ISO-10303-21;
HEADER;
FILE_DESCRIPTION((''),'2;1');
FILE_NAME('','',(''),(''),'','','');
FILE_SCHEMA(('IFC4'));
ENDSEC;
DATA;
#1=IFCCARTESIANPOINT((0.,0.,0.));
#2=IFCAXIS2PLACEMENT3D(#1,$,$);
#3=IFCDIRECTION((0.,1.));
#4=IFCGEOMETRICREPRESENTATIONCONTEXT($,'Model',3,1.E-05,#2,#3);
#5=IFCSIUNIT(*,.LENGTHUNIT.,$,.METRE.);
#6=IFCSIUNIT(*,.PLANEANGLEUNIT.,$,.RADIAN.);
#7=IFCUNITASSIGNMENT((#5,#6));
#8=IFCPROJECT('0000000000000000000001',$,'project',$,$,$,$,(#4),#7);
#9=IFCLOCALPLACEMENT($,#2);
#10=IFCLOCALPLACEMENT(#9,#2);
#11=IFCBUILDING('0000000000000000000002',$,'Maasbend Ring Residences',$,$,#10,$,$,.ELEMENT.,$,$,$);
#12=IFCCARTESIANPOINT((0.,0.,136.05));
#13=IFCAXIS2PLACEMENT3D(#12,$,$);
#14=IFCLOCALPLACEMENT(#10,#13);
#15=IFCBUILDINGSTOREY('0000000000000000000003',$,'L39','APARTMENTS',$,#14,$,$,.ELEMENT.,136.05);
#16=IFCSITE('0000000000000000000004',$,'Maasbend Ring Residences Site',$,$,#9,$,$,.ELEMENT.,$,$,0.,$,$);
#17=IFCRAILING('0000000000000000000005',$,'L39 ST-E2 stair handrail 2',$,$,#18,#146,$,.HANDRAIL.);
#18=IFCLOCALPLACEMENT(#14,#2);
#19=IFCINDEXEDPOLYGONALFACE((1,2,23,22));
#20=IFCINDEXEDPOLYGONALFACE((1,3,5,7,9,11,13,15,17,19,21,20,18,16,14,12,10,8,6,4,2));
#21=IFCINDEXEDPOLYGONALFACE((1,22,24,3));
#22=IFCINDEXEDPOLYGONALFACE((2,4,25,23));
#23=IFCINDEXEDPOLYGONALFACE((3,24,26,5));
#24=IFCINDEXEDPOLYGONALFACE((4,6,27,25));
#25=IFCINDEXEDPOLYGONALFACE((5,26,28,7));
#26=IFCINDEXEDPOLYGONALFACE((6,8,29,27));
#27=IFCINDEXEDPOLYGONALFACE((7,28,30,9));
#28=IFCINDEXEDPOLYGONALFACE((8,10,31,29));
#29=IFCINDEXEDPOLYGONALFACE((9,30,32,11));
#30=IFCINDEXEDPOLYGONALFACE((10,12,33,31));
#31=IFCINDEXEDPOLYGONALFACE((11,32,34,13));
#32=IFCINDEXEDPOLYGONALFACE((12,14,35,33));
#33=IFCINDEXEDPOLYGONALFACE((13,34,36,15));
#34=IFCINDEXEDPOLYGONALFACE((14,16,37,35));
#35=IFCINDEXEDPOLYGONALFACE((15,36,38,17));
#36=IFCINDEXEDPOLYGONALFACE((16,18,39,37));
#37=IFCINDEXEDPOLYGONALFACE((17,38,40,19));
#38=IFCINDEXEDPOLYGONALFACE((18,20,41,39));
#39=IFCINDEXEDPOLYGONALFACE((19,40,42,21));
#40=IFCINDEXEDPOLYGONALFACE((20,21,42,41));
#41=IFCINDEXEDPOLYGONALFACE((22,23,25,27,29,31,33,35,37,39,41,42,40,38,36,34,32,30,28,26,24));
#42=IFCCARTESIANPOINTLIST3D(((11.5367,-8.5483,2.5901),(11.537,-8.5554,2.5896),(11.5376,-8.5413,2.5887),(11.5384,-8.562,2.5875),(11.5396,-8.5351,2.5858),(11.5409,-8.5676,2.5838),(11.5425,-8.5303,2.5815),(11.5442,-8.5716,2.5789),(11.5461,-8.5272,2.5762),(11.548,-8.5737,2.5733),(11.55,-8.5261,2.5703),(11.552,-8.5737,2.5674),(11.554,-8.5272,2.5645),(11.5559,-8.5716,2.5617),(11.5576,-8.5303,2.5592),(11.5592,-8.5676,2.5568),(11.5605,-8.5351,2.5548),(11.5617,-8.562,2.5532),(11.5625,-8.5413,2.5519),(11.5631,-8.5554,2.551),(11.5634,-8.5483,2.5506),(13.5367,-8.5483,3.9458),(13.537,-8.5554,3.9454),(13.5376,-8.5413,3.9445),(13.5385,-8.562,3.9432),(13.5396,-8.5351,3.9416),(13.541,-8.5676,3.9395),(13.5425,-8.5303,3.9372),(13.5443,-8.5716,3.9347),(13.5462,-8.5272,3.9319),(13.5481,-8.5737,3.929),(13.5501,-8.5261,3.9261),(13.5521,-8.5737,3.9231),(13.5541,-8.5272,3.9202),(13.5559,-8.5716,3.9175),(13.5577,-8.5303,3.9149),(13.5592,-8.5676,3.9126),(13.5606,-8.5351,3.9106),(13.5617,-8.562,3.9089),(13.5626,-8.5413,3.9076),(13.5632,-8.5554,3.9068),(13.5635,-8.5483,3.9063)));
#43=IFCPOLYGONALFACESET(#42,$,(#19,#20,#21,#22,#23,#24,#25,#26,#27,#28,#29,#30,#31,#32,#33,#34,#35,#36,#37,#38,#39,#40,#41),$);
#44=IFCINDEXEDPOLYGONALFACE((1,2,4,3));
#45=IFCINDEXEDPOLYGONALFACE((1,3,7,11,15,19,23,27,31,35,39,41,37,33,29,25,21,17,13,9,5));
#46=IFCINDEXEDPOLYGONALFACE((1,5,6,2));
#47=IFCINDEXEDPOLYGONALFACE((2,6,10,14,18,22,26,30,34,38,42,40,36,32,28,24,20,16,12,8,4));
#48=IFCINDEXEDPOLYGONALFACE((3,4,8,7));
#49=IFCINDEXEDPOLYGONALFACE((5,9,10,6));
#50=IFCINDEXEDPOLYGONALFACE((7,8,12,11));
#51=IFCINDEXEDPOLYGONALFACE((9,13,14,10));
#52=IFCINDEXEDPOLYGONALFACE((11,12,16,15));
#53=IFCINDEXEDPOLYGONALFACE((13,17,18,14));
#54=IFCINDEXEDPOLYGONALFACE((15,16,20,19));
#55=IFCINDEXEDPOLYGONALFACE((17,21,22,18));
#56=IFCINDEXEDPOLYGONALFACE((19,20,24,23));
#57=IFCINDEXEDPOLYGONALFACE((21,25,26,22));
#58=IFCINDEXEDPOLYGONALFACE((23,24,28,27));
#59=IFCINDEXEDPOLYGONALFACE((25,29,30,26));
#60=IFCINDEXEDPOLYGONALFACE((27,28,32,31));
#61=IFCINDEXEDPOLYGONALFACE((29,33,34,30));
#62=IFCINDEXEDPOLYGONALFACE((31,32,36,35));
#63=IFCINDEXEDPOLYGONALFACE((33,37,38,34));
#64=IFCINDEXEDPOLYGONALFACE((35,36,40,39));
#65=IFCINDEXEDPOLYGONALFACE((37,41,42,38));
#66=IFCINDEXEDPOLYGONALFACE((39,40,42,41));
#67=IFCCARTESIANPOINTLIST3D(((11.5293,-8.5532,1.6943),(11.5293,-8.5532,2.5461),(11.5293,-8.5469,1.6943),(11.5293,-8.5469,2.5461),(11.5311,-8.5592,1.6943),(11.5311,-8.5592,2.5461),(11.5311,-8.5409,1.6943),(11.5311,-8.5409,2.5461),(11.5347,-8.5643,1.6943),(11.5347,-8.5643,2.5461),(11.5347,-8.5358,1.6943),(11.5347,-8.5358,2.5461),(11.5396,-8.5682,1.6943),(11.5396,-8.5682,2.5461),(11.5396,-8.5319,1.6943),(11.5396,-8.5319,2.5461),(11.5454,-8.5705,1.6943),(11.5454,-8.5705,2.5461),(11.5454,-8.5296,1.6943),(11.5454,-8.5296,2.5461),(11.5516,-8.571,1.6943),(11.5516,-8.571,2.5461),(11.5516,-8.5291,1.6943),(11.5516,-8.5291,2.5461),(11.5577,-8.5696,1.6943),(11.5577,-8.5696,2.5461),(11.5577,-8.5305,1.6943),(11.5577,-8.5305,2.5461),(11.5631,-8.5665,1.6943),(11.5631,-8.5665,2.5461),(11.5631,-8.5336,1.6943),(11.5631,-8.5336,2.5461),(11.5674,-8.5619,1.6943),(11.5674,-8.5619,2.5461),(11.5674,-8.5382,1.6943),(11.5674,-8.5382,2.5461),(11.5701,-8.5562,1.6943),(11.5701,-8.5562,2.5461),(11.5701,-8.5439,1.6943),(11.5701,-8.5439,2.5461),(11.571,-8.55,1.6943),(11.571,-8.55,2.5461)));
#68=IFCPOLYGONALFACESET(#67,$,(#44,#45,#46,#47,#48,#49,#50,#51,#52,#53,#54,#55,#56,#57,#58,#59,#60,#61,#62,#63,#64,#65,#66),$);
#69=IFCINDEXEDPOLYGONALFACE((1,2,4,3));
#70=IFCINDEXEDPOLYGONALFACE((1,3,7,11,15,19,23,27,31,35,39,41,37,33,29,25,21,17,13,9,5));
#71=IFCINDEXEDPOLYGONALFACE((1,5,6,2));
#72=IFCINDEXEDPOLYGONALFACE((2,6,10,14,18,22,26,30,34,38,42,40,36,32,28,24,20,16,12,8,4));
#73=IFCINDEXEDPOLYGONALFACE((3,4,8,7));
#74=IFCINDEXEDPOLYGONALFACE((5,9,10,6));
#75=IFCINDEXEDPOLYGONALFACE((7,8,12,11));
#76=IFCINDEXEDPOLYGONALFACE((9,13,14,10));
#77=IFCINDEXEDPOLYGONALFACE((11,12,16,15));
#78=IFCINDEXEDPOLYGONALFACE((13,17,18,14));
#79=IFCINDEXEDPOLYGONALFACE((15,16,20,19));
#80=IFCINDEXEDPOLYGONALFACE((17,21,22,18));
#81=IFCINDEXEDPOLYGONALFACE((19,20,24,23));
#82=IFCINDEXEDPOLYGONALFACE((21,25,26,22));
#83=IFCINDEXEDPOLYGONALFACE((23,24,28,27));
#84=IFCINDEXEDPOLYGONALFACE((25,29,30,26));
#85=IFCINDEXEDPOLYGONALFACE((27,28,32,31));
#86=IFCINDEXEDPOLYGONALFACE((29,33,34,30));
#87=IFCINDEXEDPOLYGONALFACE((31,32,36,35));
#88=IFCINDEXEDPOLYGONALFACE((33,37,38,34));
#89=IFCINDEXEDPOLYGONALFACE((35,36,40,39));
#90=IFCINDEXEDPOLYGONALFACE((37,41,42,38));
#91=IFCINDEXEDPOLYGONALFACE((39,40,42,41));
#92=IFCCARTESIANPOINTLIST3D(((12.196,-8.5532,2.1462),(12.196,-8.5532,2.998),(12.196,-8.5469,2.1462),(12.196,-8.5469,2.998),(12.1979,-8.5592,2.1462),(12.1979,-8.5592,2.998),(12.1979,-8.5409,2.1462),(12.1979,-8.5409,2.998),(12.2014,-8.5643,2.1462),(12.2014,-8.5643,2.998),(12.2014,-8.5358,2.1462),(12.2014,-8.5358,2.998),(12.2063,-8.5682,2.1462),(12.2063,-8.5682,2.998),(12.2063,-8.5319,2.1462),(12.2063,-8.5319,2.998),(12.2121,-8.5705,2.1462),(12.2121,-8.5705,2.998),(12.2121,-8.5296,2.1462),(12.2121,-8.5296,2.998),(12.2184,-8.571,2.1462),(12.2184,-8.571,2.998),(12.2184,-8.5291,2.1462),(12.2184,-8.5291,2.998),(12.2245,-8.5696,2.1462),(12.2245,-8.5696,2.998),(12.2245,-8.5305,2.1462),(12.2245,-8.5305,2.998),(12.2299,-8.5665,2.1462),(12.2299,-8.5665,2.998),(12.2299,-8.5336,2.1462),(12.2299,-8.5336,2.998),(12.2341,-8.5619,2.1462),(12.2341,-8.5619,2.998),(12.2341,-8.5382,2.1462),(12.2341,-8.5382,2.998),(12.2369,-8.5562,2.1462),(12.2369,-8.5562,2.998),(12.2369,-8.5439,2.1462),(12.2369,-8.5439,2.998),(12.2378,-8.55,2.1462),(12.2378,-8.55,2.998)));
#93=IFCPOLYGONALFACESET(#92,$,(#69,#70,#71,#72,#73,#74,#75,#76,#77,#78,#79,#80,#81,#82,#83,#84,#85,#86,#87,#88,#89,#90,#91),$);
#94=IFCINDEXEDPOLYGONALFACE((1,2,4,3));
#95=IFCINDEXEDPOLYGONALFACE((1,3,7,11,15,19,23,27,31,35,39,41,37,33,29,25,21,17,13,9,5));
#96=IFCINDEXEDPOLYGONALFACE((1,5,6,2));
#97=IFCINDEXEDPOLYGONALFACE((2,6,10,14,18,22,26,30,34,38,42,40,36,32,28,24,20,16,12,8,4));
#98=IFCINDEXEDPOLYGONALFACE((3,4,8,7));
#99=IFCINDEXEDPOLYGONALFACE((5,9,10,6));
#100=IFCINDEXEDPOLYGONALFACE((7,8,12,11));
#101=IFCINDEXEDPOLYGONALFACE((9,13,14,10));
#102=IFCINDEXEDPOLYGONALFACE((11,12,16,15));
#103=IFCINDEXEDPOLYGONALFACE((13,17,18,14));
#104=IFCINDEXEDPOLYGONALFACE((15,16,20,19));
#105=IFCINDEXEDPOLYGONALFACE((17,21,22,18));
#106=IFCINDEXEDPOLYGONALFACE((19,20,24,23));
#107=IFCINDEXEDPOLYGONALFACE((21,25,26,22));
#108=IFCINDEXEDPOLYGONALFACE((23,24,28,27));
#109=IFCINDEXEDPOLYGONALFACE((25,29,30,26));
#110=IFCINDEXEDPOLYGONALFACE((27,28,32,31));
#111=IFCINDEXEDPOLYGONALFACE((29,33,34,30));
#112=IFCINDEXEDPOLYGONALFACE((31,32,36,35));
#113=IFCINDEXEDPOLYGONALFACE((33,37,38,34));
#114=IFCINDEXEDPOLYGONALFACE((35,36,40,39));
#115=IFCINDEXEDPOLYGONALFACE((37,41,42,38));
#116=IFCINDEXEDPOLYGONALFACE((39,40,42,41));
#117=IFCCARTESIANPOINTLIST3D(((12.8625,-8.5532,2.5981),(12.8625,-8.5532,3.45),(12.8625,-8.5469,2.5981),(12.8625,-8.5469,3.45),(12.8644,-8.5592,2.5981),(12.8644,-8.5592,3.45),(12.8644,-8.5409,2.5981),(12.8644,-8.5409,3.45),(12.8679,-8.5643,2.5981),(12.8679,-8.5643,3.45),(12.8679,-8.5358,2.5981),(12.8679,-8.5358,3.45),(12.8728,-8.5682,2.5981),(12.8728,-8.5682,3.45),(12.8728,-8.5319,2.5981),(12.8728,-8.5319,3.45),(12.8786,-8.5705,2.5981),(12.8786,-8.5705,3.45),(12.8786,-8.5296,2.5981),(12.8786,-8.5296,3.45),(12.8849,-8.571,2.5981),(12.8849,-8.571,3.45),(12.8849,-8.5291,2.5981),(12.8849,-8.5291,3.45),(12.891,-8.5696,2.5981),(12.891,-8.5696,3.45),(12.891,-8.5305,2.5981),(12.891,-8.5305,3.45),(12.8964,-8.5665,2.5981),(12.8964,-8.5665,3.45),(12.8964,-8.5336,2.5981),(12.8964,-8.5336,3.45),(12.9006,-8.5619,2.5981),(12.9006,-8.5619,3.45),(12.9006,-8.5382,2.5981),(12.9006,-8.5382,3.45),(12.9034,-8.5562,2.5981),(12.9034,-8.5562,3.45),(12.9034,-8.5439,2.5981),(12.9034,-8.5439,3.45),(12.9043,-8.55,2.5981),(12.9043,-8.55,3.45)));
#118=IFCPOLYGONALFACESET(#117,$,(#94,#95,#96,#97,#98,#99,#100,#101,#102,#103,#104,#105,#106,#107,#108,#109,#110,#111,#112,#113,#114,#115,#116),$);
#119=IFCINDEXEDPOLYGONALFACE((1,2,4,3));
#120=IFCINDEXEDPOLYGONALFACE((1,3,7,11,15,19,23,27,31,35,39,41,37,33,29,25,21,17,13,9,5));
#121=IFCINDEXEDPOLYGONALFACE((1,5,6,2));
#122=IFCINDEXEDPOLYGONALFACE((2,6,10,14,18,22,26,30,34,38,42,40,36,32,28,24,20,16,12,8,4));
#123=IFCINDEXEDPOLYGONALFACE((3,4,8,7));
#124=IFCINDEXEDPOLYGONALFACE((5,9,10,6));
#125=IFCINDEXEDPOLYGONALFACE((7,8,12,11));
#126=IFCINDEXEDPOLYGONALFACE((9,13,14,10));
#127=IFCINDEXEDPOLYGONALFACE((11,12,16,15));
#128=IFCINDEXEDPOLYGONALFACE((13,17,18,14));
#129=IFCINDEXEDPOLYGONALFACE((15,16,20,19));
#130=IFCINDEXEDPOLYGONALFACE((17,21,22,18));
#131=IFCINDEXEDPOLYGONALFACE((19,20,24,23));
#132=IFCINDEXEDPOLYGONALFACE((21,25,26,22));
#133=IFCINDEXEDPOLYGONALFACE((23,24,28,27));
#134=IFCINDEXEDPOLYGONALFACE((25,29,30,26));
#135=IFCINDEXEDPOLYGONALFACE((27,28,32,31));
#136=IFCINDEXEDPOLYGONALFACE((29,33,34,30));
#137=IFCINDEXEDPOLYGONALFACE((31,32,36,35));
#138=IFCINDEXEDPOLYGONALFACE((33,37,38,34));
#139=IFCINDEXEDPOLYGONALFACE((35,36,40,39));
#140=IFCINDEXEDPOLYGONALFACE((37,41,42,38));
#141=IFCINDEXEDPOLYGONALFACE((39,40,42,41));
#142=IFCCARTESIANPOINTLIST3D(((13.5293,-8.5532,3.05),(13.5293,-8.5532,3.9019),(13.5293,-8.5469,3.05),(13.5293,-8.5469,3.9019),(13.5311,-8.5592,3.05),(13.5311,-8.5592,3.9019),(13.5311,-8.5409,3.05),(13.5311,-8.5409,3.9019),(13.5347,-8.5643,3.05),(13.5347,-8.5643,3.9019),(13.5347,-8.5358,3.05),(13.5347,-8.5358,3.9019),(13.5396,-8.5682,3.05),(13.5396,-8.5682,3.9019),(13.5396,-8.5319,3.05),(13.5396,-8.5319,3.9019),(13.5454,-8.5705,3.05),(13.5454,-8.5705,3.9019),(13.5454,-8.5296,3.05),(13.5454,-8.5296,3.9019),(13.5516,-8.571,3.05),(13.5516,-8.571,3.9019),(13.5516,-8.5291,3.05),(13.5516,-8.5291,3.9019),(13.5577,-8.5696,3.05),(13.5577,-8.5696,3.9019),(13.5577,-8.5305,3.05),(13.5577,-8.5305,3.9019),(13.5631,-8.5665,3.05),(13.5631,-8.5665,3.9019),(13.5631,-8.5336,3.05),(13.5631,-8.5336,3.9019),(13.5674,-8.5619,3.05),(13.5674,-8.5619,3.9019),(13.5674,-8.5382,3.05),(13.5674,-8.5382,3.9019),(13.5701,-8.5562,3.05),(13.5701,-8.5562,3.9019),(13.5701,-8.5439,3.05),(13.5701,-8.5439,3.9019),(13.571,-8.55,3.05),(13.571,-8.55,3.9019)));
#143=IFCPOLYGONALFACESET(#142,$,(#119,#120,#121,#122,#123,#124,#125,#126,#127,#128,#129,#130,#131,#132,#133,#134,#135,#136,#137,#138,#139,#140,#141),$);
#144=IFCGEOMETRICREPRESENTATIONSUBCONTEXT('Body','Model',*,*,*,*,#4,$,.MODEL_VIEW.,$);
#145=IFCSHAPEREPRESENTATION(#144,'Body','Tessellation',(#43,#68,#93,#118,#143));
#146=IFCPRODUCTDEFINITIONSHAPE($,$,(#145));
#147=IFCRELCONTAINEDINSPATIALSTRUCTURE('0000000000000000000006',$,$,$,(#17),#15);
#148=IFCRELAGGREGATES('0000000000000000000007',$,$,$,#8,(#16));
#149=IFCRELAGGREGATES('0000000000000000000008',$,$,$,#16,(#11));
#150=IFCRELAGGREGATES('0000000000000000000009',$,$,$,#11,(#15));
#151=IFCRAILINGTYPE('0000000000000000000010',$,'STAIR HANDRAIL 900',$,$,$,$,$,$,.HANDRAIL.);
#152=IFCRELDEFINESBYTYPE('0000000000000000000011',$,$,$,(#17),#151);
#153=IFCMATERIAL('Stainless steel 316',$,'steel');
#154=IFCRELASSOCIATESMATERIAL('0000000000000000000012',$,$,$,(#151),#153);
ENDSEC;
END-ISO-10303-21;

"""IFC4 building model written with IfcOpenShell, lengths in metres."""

from ifc_helpers import new_model, si_unit, direction, frame, origin, origin_2d, place, context, subcontext, project, spatial, circle, extrude, material, type_object, element, save


model = new_model("IFC4")

# Units and contexts
model_context = context("Model", 3, precision=1e-05, world=origin(), true_north=direction((0.0, 1.0)))
body_context = subcontext(model_context, "Body", "Model", "MODEL_VIEW")
ifc_project = project(units=[si_unit("LENGTHUNIT", "METRE"), si_unit("PLANEANGLEUNIT", "RADIAN")], contexts=[model_context])

# Site, building, storey
site_placement = place(None, origin())
site = spatial("IfcSite", under=ifc_project, at=site_placement, Name="Maasbend Ring Residences Site", CompositionType="ELEMENT", RefElevation=0.0)
building_placement = place(site_placement, origin())
building = spatial("IfcBuilding", under=site, at=building_placement, Name="Maasbend Ring Residences", CompositionType="ELEMENT")
storey_placement = place(building_placement, frame((0.0, 0.0, 136.05)))
storey = spatial("IfcBuildingStorey", under=building, at=storey_placement, Name="L39", Description="APARTMENTS", CompositionType="ELEMENT", Elevation=136.05)

# Railing
ifc_material_1 = material(Name="Stainless steel 316", Category="steel")
railing_type = type_object("IfcRailingType", Name="STAIR HANDRAIL 900", PredefinedType="HANDRAIL", material=ifc_material_1)
railing_1_placement = place(storey_placement, frame((11.55, -8.55, 1.6943)))
element("IfcRailing", 1, at=railing_1_placement, inside=storey, type_object=railing_type, Name="L39 ST-E2 stair handrail 2", PredefinedType="HANDRAIL", context=body_context, shape_type="SweptSolid", body=[
    extrude(circle(Radius=0.0239, at=origin_2d()), frame((0.0, 0.0, 0.876), z_axis=(0.827751, 0.0, 0.561096), x_axis=(0.0, 1.0, 0.0)), (0.0, 0.0, 1.0), 2.4163),
    extrude(circle(Radius=0.021, at=origin_2d()), origin(), (0.0, 0.0, 1.0), 0.8518),
    extrude(circle(Radius=0.021, at=origin_2d()), frame((0.6667, 0.0, 0.4519)), (0.0, 0.0, 1.0), 0.8518),
    extrude(circle(Radius=0.021, at=origin_2d()), frame((1.3333, 0.0, 0.9038)), (0.0, 0.0, 1.0), 0.8518),
    extrude(circle(Radius=0.021, at=origin_2d()), frame((2.0, 0.0, 1.3557)), (0.0, 0.0, 1.0), 0.8518),
])

save(model, "model.ifc")
